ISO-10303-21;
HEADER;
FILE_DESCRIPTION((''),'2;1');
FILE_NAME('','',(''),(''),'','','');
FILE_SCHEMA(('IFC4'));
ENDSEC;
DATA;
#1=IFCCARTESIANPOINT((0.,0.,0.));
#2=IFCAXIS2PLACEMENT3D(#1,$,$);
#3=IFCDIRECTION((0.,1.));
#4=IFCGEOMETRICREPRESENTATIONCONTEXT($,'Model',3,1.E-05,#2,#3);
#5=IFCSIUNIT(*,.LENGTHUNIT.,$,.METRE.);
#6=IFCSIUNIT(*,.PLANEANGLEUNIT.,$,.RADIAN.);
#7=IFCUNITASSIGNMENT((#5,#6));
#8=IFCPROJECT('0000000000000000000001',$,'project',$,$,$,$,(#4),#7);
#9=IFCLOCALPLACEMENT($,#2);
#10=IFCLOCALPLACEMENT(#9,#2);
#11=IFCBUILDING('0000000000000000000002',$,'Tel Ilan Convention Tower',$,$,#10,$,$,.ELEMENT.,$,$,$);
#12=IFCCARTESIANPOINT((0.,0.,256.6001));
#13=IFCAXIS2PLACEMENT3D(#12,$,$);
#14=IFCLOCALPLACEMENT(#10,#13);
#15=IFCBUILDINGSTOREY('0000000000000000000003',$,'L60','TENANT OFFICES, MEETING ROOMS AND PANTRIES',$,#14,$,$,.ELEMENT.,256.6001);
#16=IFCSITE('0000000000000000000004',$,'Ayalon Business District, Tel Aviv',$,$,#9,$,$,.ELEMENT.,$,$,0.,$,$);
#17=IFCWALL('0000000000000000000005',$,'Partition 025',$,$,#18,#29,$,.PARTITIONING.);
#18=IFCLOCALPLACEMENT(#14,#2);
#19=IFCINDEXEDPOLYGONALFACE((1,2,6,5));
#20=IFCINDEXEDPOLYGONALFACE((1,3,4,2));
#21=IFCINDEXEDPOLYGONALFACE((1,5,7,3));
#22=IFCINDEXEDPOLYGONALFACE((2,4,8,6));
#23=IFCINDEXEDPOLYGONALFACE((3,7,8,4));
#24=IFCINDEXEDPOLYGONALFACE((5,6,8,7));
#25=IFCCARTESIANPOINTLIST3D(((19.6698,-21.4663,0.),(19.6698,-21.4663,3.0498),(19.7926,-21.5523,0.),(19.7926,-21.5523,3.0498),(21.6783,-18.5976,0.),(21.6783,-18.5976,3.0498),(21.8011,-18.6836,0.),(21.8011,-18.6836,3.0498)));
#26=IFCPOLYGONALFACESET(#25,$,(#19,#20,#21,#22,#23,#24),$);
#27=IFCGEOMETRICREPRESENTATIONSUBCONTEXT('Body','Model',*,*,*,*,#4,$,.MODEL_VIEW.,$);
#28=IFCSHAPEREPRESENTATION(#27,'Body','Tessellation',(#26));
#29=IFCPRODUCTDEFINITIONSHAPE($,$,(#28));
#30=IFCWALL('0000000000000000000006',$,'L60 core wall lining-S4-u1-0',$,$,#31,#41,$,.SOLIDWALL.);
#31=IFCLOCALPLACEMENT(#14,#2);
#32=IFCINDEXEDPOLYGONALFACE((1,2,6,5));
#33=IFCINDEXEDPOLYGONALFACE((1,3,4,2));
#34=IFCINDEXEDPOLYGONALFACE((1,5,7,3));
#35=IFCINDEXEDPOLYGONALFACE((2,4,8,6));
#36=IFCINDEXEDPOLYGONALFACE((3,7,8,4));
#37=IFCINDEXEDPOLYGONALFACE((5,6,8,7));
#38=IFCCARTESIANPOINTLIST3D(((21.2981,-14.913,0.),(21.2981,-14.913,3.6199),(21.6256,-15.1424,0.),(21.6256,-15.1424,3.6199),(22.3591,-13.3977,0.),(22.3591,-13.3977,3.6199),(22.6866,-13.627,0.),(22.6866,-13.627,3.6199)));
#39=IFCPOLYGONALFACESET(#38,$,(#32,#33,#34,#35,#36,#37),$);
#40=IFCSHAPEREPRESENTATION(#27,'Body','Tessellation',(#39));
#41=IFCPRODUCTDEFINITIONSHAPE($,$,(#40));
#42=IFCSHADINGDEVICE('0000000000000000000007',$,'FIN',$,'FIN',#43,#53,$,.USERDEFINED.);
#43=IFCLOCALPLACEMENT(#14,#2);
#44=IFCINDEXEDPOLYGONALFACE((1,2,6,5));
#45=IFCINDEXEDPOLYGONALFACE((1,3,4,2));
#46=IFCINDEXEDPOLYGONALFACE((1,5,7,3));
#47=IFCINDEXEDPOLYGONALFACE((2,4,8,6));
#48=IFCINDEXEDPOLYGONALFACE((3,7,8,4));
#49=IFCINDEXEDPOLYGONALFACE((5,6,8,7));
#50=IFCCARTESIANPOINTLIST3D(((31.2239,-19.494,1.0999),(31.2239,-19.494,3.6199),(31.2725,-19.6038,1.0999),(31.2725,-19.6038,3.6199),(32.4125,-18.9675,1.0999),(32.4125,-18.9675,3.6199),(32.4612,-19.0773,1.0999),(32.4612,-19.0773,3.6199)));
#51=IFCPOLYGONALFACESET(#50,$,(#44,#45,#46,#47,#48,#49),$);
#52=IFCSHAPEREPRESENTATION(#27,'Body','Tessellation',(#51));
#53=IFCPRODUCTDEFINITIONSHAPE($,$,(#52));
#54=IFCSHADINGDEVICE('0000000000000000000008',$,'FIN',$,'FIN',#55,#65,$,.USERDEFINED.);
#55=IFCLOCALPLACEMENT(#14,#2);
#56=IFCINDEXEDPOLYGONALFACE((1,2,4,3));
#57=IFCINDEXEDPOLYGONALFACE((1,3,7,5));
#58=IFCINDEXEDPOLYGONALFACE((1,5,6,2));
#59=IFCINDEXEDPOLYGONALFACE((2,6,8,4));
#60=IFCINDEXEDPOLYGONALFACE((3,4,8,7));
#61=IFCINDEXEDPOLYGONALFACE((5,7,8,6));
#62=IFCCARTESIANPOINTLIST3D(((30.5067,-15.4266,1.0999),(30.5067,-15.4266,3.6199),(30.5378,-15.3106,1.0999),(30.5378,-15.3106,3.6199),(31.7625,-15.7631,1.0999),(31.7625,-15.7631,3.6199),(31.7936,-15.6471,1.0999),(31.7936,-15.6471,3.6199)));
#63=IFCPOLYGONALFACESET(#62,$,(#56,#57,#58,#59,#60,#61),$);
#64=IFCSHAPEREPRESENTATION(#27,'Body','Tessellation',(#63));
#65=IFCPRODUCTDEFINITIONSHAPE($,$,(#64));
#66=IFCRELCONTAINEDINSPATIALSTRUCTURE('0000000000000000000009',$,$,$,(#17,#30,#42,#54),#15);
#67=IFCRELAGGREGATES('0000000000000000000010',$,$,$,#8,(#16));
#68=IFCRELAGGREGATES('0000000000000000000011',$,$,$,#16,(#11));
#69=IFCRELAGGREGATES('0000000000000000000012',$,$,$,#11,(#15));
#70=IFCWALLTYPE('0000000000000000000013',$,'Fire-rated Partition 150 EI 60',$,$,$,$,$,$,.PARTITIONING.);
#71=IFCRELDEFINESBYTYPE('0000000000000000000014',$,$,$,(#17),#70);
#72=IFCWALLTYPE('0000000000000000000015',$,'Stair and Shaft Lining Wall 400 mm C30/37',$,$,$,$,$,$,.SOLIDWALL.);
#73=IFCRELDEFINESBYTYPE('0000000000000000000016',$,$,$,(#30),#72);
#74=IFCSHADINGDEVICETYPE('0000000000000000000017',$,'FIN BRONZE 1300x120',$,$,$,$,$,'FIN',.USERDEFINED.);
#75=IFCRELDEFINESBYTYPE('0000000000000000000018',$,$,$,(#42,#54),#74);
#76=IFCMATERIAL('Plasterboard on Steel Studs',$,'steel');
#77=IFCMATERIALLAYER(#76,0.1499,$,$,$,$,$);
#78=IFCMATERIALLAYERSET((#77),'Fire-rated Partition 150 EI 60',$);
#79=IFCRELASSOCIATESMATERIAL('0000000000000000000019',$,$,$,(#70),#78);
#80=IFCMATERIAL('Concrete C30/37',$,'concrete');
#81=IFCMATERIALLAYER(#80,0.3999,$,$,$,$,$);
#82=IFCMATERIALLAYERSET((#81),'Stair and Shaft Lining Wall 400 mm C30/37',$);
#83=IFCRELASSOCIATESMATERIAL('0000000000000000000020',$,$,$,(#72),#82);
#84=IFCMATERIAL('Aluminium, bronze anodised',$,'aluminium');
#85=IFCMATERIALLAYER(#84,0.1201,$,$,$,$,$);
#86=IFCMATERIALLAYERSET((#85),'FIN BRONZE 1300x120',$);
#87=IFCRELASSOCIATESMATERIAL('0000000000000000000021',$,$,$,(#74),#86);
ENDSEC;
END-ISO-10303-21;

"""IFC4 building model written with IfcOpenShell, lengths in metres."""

from ifc_helpers import new_model, si_unit, direction, frame, frame_2d, origin, origin_2d, place, context, subcontext, project, spatial, rectangle, extrude, material, layer, layer_set, type_object, element, save


model = new_model("IFC4")

# Units and contexts
model_context = context("Model", 3, precision=1e-05, world=origin(), true_north=direction((0.0, 1.0)))
body_context = subcontext(model_context, "Body", "Model", "MODEL_VIEW")
ifc_project = project(units=[si_unit("LENGTHUNIT", "METRE"), si_unit("PLANEANGLEUNIT", "RADIAN")], contexts=[model_context])

# Site, building, storey
site_placement = place(None, origin())
site = spatial("IfcSite", under=ifc_project, at=site_placement, Name="Ayalon Business District, Tel Aviv", CompositionType="ELEMENT", RefElevation=0.0)
building_placement = place(site_placement, origin())
building = spatial("IfcBuilding", under=site, at=building_placement, Name="Tel Ilan Convention Tower", CompositionType="ELEMENT")
storey_placement = place(building_placement, frame((0.0, 0.0, 256.6001)))
storey = spatial("IfcBuildingStorey", under=building, at=storey_placement, Name="L60", Description="TENANT OFFICES, MEETING ROOMS AND PANTRIES", CompositionType="ELEMENT", Elevation=256.6001)

# Shared definitions
ifc_material_1 = material(Name="Plasterboard on Steel Studs", Category="steel")
ifc_layer_1 = layer(ifc_material_1, 0.1499)
ifc_layer_set_1 = layer_set([ifc_layer_1], Name="Fire-rated Partition 150 EI 60")
wall_type_1 = type_object("IfcWallType", Name="Fire-rated Partition 150 EI 60", PredefinedType="PARTITIONING", material=ifc_layer_set_1)

# Walls
wall_1_placement = place(storey_placement, frame((21.7397, -18.6406, 0.0), z_axis=(0.0, 0.0, 1.0), x_axis=(-0.573556, -0.819166, 0.0)))
element("IfcWall", 1, at=wall_1_placement, inside=storey, type_object=wall_type_1, Name="Partition 025", PredefinedType="PARTITIONING", context=body_context, shape_type="SweptSolid", body=[
    extrude(rectangle(XDim=3.502, YDim=0.1499, at=frame_2d((1.751, 0.0))), origin(), (0.0, 0.0, 1.0), 3.0498),
])
ifc_material_2 = material(Name="Concrete C30/37", Category="concrete")
ifc_layer_2 = layer(ifc_material_2, 0.3999)
ifc_layer_set_2 = layer_set([ifc_layer_2], Name="Stair and Shaft Lining Wall 400 mm C30/37")
wall_type_2 = type_object("IfcWallType", Name="Stair and Shaft Lining Wall 400 mm C30/37", PredefinedType="SOLIDWALL", material=ifc_layer_set_2)
wall_2_placement = place(storey_placement, frame((21.4619, -15.0276, 0.0), z_axis=(0.0, 0.0, 1.0), x_axis=(0.57356, 0.819164, 0.0)))
element("IfcWall", 2, at=wall_2_placement, inside=storey, type_object=wall_type_2, Name="L60 core wall lining-S4-u1-0", PredefinedType="SOLIDWALL", context=body_context, shape_type="SweptSolid", body=[
    extrude(rectangle(XDim=1.8499, YDim=0.3999, at=frame_2d((0.9248, 0.0))), origin(), (0.0, 0.0, 1.0), 3.6199),
])

# Shading devices
ifc_material_3 = material(Name="Aluminium, bronze anodised", Category="aluminium")
ifc_layer_3 = layer(ifc_material_3, 0.1201)
ifc_layer_set_3 = layer_set([ifc_layer_3], Name="FIN BRONZE 1300x120")
shading_device_type = type_object("IfcShadingDeviceType", Name="FIN BRONZE 1300x120", ElementType="FIN", PredefinedType="USERDEFINED", material=ifc_layer_set_3)
for number, where, z_axis, x_axis, name in (
    (3, (31.8425, -19.2856, 1.0999), (0.0, 0.0, 1.0), (0.914333, 0.404964, 0.0), "FIN"),
    (4, (31.1501, -15.5369, 1.0999), (0.0, 0.0, 1.0), (0.965926, -0.258819, 0.0), "FIN"),
):
    element("IfcShadingDevice", number, at=place(storey_placement, frame(where, z_axis=z_axis, x_axis=x_axis)), inside=storey, type_object=shading_device_type, Name=name, ObjectType="FIN", PredefinedType="USERDEFINED", context=body_context, shape_type="SweptSolid", body=[
        extrude(rectangle(XDim=1.3, YDim=0.1201, at=origin_2d()), origin(), (0.0, 0.0, 1.0), 2.52),
    ])

save(model, "model.ifc")
